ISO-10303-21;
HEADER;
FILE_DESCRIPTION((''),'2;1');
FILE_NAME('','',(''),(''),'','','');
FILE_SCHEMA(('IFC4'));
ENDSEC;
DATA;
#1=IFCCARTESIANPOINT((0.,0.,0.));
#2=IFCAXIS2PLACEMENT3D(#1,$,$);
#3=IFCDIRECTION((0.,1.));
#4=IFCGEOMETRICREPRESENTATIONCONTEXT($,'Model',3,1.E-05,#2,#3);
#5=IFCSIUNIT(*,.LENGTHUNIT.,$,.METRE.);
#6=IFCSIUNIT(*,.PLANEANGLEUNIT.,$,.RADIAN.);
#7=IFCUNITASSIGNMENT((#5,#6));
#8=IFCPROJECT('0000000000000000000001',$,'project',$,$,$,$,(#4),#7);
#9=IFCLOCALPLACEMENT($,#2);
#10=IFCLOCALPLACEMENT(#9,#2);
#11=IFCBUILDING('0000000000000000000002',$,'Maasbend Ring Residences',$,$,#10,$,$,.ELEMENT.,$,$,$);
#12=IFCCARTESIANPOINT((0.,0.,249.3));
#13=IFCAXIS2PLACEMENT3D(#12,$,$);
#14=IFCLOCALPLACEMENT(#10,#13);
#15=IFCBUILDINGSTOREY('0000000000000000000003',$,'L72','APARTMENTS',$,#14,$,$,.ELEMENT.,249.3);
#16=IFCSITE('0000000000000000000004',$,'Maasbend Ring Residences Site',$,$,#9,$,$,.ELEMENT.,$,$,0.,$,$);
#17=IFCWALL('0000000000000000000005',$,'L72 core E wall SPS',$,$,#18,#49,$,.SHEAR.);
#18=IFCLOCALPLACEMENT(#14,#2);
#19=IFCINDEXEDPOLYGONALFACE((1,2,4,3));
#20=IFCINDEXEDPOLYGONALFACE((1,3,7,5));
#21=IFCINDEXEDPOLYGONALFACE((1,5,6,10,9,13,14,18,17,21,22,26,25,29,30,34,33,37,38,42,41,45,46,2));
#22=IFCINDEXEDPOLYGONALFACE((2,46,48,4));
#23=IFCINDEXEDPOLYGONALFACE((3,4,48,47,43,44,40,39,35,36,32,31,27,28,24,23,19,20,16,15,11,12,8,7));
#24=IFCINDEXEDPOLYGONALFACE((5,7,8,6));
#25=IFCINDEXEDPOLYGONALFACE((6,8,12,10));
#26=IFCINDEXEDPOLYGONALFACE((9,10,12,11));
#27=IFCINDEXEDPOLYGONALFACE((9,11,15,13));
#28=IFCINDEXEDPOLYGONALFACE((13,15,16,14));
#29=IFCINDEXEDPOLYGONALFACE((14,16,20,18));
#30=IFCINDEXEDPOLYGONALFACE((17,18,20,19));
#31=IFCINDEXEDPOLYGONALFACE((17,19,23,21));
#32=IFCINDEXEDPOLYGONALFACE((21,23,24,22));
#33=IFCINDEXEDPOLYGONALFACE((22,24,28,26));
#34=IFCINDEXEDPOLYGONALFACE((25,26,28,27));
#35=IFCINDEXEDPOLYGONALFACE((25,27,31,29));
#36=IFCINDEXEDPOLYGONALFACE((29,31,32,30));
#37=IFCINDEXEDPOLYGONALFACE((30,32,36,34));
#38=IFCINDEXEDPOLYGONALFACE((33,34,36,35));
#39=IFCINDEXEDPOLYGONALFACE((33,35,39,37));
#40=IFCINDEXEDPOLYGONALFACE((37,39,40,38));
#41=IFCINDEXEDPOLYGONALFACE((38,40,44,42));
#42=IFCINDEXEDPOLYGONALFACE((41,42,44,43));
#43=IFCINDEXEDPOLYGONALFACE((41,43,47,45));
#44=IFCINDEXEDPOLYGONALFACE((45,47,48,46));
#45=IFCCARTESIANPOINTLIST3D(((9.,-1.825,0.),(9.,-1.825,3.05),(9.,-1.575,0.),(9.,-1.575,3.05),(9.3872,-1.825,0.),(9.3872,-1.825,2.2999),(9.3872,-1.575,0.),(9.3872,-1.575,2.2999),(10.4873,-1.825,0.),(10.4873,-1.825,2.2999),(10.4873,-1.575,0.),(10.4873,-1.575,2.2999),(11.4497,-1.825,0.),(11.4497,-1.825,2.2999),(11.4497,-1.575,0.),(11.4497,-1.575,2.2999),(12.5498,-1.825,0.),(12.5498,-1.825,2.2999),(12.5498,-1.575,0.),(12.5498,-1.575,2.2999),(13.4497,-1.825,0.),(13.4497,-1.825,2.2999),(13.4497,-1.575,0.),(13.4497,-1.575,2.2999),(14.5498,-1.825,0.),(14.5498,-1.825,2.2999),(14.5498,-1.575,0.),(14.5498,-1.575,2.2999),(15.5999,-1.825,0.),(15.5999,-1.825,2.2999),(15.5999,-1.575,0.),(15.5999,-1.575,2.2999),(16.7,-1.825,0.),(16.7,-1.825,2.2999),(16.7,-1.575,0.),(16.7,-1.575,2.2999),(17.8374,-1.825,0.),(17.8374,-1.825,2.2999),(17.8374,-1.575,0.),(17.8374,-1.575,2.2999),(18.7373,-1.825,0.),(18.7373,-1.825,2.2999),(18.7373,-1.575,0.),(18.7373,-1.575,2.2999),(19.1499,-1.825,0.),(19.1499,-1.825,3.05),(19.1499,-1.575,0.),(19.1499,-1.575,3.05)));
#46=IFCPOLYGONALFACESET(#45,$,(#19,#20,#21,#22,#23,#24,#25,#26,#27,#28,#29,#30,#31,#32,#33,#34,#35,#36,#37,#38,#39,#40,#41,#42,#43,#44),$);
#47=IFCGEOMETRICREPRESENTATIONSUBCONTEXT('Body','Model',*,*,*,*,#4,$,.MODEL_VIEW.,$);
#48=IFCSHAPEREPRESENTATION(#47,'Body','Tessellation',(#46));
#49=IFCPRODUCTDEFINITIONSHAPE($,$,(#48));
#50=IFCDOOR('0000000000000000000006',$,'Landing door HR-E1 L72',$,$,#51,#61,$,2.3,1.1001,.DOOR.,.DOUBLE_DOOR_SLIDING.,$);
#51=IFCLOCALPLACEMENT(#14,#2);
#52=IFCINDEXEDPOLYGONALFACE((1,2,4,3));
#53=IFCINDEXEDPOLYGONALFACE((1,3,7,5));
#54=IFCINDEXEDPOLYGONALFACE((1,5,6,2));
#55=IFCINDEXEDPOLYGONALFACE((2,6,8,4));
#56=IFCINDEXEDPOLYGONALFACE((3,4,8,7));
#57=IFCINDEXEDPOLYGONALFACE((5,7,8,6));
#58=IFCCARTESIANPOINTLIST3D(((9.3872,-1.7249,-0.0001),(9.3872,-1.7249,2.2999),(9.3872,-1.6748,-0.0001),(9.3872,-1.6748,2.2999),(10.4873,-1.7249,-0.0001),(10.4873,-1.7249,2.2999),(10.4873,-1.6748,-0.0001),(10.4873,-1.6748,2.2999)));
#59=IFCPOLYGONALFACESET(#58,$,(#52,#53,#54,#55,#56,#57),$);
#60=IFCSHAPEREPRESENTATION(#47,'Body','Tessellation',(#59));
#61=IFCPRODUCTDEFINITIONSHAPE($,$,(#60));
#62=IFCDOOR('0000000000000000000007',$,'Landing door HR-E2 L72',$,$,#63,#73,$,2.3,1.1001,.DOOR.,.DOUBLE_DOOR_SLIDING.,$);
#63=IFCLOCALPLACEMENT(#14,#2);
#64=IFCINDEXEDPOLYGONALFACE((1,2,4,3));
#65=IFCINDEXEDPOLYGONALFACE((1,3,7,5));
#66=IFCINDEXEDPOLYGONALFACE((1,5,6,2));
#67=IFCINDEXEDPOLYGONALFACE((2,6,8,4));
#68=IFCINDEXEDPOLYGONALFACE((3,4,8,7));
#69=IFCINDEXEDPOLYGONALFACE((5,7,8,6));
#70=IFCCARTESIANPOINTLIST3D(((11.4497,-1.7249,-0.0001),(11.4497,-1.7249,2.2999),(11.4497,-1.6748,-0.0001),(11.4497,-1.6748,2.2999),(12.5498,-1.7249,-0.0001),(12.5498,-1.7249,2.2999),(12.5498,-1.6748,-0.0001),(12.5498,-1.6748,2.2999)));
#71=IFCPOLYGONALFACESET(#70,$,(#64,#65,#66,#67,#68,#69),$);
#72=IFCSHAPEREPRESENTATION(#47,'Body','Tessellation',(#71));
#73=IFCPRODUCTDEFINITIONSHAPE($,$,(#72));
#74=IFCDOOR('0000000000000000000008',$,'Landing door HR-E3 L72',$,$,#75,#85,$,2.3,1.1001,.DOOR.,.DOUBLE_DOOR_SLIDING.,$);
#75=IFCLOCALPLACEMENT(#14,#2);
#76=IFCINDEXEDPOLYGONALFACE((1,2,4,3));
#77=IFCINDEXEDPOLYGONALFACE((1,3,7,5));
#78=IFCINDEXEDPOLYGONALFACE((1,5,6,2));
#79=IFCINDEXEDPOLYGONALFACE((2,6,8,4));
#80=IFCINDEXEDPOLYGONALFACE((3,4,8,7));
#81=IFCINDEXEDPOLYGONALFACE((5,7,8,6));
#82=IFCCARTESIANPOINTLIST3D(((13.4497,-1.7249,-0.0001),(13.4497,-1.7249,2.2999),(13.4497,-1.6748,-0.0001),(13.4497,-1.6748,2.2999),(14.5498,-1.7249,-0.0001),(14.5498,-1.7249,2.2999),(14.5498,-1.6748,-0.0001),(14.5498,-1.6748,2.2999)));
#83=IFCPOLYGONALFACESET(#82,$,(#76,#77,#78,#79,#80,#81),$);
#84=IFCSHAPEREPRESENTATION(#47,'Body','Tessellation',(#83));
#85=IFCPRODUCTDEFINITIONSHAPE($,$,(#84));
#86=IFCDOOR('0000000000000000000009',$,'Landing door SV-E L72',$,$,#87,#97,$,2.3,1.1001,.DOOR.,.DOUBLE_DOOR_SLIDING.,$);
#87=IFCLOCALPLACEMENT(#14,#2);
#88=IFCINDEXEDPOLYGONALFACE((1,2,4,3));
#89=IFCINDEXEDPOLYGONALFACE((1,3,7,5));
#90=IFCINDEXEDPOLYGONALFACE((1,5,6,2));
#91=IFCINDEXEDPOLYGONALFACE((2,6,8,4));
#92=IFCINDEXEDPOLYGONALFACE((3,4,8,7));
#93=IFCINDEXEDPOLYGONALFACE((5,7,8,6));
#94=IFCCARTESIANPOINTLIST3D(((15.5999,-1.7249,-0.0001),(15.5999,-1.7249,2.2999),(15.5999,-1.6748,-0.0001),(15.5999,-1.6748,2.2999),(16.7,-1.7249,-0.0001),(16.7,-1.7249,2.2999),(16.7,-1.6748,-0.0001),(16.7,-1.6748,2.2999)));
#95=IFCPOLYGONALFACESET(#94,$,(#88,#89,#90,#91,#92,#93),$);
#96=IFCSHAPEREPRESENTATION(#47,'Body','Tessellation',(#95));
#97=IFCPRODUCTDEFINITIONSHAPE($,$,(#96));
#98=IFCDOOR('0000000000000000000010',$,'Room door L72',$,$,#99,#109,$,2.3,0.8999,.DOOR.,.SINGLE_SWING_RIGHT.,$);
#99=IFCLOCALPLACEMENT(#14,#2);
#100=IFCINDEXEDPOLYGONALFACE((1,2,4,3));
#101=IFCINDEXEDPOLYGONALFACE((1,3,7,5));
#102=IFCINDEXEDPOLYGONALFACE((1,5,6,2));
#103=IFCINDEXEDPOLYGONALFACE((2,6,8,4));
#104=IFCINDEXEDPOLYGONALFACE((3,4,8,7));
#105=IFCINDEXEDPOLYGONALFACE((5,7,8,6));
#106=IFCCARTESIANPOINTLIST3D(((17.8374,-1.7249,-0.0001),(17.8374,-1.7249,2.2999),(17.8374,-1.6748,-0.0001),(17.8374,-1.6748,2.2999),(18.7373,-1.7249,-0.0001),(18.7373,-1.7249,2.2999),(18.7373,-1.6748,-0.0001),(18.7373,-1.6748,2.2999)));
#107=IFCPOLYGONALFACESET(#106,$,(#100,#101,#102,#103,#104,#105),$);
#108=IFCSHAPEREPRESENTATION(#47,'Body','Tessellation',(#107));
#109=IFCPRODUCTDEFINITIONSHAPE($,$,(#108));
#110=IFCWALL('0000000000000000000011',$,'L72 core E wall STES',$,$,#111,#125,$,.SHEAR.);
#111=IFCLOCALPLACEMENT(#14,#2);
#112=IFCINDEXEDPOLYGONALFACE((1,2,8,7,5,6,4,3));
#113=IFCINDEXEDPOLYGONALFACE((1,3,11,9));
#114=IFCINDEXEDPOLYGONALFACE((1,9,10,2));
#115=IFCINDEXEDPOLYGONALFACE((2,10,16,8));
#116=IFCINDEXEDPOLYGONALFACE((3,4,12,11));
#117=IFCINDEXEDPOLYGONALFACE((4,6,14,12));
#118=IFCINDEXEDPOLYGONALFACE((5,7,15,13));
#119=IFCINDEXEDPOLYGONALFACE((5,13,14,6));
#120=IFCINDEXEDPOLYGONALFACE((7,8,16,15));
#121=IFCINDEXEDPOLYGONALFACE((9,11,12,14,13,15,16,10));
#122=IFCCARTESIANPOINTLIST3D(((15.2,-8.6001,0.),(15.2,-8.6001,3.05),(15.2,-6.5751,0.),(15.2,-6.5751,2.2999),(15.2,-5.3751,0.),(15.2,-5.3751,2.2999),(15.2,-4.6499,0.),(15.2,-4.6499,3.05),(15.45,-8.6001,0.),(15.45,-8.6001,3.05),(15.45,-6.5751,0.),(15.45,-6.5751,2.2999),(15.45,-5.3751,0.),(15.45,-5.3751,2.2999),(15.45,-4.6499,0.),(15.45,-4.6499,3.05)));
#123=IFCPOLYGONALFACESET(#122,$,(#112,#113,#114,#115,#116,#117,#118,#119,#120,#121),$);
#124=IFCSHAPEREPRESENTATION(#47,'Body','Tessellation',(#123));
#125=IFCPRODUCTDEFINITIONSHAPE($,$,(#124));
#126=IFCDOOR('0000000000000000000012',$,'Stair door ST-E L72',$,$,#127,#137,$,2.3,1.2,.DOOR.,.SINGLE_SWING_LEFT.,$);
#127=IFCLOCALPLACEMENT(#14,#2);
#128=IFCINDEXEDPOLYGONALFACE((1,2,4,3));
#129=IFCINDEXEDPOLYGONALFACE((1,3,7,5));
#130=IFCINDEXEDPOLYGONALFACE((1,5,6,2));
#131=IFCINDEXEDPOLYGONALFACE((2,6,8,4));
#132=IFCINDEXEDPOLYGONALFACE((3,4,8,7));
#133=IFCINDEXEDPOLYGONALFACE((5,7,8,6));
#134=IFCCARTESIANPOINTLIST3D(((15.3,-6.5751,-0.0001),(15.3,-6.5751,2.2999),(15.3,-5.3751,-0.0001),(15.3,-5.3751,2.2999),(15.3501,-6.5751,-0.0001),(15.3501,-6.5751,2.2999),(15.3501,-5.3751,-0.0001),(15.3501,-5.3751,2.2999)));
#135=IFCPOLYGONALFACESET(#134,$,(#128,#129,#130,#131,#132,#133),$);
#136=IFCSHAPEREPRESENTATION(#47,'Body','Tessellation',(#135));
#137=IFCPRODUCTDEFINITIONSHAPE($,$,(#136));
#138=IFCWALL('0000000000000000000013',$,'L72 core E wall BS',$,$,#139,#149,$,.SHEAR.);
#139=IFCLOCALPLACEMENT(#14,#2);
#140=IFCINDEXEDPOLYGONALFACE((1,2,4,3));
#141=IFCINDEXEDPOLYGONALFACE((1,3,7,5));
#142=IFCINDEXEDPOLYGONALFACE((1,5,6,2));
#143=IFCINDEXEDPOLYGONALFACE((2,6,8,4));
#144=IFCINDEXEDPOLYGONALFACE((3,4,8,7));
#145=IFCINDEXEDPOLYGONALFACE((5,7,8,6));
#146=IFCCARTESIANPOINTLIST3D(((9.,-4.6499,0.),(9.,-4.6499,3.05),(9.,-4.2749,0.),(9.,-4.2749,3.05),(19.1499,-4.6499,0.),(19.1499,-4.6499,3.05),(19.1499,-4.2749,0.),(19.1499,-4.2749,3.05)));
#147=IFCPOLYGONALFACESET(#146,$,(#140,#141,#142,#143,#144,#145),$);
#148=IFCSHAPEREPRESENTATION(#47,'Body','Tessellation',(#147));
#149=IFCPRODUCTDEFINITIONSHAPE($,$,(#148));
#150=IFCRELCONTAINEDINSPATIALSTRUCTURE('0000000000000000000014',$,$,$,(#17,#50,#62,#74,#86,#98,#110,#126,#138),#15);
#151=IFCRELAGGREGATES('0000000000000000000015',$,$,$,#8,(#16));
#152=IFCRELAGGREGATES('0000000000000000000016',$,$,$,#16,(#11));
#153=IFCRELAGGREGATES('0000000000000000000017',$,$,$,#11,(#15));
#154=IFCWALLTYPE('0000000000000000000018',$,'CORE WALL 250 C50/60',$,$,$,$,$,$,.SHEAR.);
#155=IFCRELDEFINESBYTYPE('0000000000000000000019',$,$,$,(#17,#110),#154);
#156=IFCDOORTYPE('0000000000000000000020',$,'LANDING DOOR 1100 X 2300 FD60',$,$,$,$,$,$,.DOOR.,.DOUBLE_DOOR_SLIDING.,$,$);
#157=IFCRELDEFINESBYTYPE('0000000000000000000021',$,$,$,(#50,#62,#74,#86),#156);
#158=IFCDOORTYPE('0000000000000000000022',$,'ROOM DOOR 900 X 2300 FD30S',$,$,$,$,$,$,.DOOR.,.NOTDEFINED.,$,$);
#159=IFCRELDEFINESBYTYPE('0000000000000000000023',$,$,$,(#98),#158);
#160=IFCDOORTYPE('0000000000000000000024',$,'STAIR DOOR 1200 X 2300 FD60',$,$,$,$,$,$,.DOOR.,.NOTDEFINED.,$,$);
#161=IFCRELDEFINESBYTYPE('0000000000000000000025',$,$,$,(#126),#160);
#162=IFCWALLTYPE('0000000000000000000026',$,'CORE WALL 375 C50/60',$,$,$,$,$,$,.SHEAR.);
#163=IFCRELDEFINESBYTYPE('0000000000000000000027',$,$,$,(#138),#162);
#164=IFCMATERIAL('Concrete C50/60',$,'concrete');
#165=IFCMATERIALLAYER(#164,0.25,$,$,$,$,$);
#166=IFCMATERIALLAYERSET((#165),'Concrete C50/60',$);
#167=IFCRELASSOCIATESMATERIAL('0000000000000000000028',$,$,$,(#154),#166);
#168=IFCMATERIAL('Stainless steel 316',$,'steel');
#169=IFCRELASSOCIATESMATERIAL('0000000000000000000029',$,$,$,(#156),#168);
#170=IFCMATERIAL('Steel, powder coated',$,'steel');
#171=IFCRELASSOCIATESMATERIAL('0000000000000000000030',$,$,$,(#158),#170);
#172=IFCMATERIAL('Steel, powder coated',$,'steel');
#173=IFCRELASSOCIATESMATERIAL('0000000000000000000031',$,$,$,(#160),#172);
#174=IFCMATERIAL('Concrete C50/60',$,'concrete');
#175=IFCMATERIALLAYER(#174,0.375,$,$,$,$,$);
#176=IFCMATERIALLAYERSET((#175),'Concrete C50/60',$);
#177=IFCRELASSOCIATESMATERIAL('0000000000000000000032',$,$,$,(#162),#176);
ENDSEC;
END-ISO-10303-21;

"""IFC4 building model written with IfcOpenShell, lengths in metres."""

from ifc_helpers import new_model, si_unit, direction, frame, frame_2d, origin, place, context, subcontext, project, spatial, rectangle, extrude, material, layer, layer_set, type_object, element, fill, save


model = new_model("IFC4")

# Units and contexts
model_context = context("Model", 3, precision=1e-05, world=origin(), true_north=direction((0.0, 1.0)))
body_context = subcontext(model_context, "Body", "Model", "MODEL_VIEW")
ifc_project = project(units=[si_unit("LENGTHUNIT", "METRE"), si_unit("PLANEANGLEUNIT", "RADIAN")], contexts=[model_context])

# Site, building, storey
site_placement = place(None, origin())
site = spatial("IfcSite", under=ifc_project, at=site_placement, Name="Maasbend Ring Residences Site", CompositionType="ELEMENT", RefElevation=0.0)
building_placement = place(site_placement, origin())
building = spatial("IfcBuilding", under=site, at=building_placement, Name="Maasbend Ring Residences", CompositionType="ELEMENT")
storey_placement = place(building_placement, frame((0.0, 0.0, 249.3)))
storey = spatial("IfcBuildingStorey", under=building, at=storey_placement, Name="L72", Description="APARTMENTS", CompositionType="ELEMENT", Elevation=249.3)

# Wall, openings, doors
ifc_material_1 = material(Name="Concrete C50/60", Category="concrete")
ifc_layer_1 = layer(ifc_material_1, 0.25)
ifc_layer_set_1 = layer_set([ifc_layer_1], Name="Concrete C50/60")
wall_type_1 = type_object("IfcWallType", Name="CORE WALL 250 C50/60", PredefinedType="SHEAR", material=ifc_layer_set_1)
wall_1_placement = place(storey_placement, frame((19.1499, -1.7, 0.0), z_axis=(0.0, 0.0, 1.0), x_axis=(-1.0, 0.0, 0.0)))
wall_1 = element("IfcWall", 1, at=wall_1_placement, inside=storey, type_object=wall_type_1, Name="L72 core E wall SPS", PredefinedType="SHEAR", context=body_context, shape_type="SweptSolid", body=[
    extrude(rectangle(XDim=10.1499, YDim=0.25, at=frame_2d((5.075, 0.0))), origin(), (0.0, 0.0, 1.0), 3.05),
])
opening_1_placement = place(wall_1_placement, frame((8.6626, 0.0, 0.0)))
opening_1 = element("IfcOpeningElement", 2, at=opening_1_placement, cuts=wall_1, PredefinedType="OPENING", context=body_context, shape_type="SweptSolid", body=[
    extrude(rectangle(XDim=1.1001, YDim=2.3, at=frame_2d((0.55, 1.1499))), frame((0.0, 0.135, 0.0), z_axis=(0.0, -1.0, 0.0), x_axis=(1.0, 0.0, 0.0)), (0.0, 0.0, 1.0), 0.27),
])
opening_2_placement = place(wall_1_placement, frame((6.6001, 0.0, 0.0)))
opening_2 = element("IfcOpeningElement", 3, at=opening_2_placement, cuts=wall_1, PredefinedType="OPENING", context=body_context, shape_type="SweptSolid", body=[
    extrude(rectangle(XDim=1.1001, YDim=2.3, at=frame_2d((0.55, 1.1499))), frame((0.0, 0.135, 0.0), z_axis=(0.0, -1.0, 0.0), x_axis=(1.0, 0.0, 0.0)), (0.0, 0.0, 1.0), 0.27),
])
opening_3_placement = place(wall_1_placement, frame((4.6001, 0.0, 0.0)))
opening_3 = element("IfcOpeningElement", 4, at=opening_3_placement, cuts=wall_1, PredefinedType="OPENING", context=body_context, shape_type="SweptSolid", body=[
    extrude(rectangle(XDim=1.1001, YDim=2.3, at=frame_2d((0.55, 1.1499))), frame((0.0, 0.135, 0.0), z_axis=(0.0, -1.0, 0.0), x_axis=(1.0, 0.0, 0.0)), (0.0, 0.0, 1.0), 0.27),
])
opening_4_placement = place(wall_1_placement, frame((2.45, 0.0, 0.0)))
opening_4 = element("IfcOpeningElement", 5, at=opening_4_placement, cuts=wall_1, PredefinedType="OPENING", context=body_context, shape_type="SweptSolid", body=[
    extrude(rectangle(XDim=1.1001, YDim=2.3, at=frame_2d((0.55, 1.1499))), frame((0.0, 0.135, 0.0), z_axis=(0.0, -1.0, 0.0), x_axis=(1.0, 0.0, 0.0)), (0.0, 0.0, 1.0), 0.27),
])
opening_5_placement = place(wall_1_placement, frame((0.4126, 0.0, 0.0)))
opening_5 = element("IfcOpeningElement", 6, at=opening_5_placement, cuts=wall_1, PredefinedType="OPENING", context=body_context, shape_type="SweptSolid", body=[
    extrude(rectangle(XDim=0.8999, YDim=2.3, at=frame_2d((0.45, 1.1499))), frame((0.0, 0.135, 0.0), z_axis=(0.0, -1.0, 0.0), x_axis=(1.0, 0.0, 0.0)), (0.0, 0.0, 1.0), 0.27),
])
ifc_material_2 = material(Name="Stainless steel 316", Category="steel")
door_type_1 = type_object("IfcDoorType", Name="LANDING DOOR 1100 X 2300 FD60", OperationType="DOUBLE_DOOR_SLIDING", PredefinedType="DOOR", material=ifc_material_2)
door_1_placement = place(opening_1_placement, origin())
door_1 = element("IfcDoor", 7, at=door_1_placement, inside=storey, type_object=door_type_1, Name="Landing door HR-E1 L72", OperationType="DOUBLE_DOOR_SLIDING", OverallHeight=2.3, OverallWidth=1.1001, PredefinedType="DOOR", context=body_context, shape_type="SweptSolid", body=[
    extrude(rectangle(XDim=1.1001, YDim=2.3, at=frame_2d((0.55, 1.1499))), frame((0.0, 0.0249, 0.0), z_axis=(0.0, -1.0, 0.0), x_axis=(1.0, 0.0, 0.0)), (0.0, 0.0, 1.0), 0.05),
])
fill(opening_1, door_1)
door_2_placement = place(opening_2_placement, origin())
door_2 = element("IfcDoor", 8, at=door_2_placement, inside=storey, type_object=door_type_1, Name="Landing door HR-E2 L72", OperationType="DOUBLE_DOOR_SLIDING", OverallHeight=2.3, OverallWidth=1.1001, PredefinedType="DOOR", context=body_context, shape_type="SweptSolid", body=[
    extrude(rectangle(XDim=1.1001, YDim=2.3, at=frame_2d((0.55, 1.1499))), frame((0.0, 0.0249, 0.0), z_axis=(0.0, -1.0, 0.0), x_axis=(1.0, 0.0, 0.0)), (0.0, 0.0, 1.0), 0.05),
])
fill(opening_2, door_2)
door_3_placement = place(opening_3_placement, origin())
door_3 = element("IfcDoor", 9, at=door_3_placement, inside=storey, type_object=door_type_1, Name="Landing door HR-E3 L72", OperationType="DOUBLE_DOOR_SLIDING", OverallHeight=2.3, OverallWidth=1.1001, PredefinedType="DOOR", context=body_context, shape_type="SweptSolid", body=[
    extrude(rectangle(XDim=1.1001, YDim=2.3, at=frame_2d((0.55, 1.1499))), frame((0.0, 0.0249, 0.0), z_axis=(0.0, -1.0, 0.0), x_axis=(1.0, 0.0, 0.0)), (0.0, 0.0, 1.0), 0.05),
])
fill(opening_3, door_3)
door_4_placement = place(opening_4_placement, origin())
door_4 = element("IfcDoor", 10, at=door_4_placement, inside=storey, type_object=door_type_1, Name="Landing door SV-E L72", OperationType="DOUBLE_DOOR_SLIDING", OverallHeight=2.3, OverallWidth=1.1001, PredefinedType="DOOR", context=body_context, shape_type="SweptSolid", body=[
    extrude(rectangle(XDim=1.1001, YDim=2.3, at=frame_2d((0.55, 1.1499))), frame((0.0, 0.0249, 0.0), z_axis=(0.0, -1.0, 0.0), x_axis=(1.0, 0.0, 0.0)), (0.0, 0.0, 1.0), 0.05),
])
fill(opening_4, door_4)
ifc_material_3 = material(Name="Steel, powder coated", Category="steel")
door_type_2 = type_object("IfcDoorType", Name="ROOM DOOR 900 X 2300 FD30S", OperationType="NOTDEFINED", PredefinedType="DOOR", material=ifc_material_3)
door_5_placement = place(opening_5_placement, origin())
door_5 = element("IfcDoor", 11, at=door_5_placement, inside=storey, type_object=door_type_2, Name="Room door L72", OperationType="SINGLE_SWING_RIGHT", OverallHeight=2.3, OverallWidth=0.8999, PredefinedType="DOOR", context=body_context, shape_type="SweptSolid", body=[
    extrude(rectangle(XDim=0.8999, YDim=2.3, at=frame_2d((0.45, 1.1499))), frame((0.0, 0.0249, 0.0), z_axis=(0.0, -1.0, 0.0), x_axis=(1.0, 0.0, 0.0)), (0.0, 0.0, 1.0), 0.05),
])
fill(opening_5, door_5)

# Wall, opening, door
wall_2_placement = place(storey_placement, frame((15.325, -8.6001, 0.0), z_axis=(0.0, 0.0, 1.0), x_axis=(0.0, 1.0, 0.0)))
wall_2 = element("IfcWall", 12, at=wall_2_placement, inside=storey, type_object=wall_type_1, Name="L72 core E wall STES", PredefinedType="SHEAR", context=body_context, shape_type="SweptSolid", body=[
    extrude(rectangle(XDim=3.9502, YDim=0.25, at=frame_2d((1.9751, 0.0))), origin(), (0.0, 0.0, 1.0), 3.05),
])
opening_6_placement = place(wall_2_placement, frame((2.0249, 0.0, 0.0)))
opening_6 = element("IfcOpeningElement", 13, at=opening_6_placement, cuts=wall_2, PredefinedType="OPENING", context=body_context, shape_type="SweptSolid", body=[
    extrude(rectangle(XDim=1.2, YDim=2.3, at=frame_2d((0.6001, 1.1499))), frame((0.0, 0.135, 0.0), z_axis=(0.0, -1.0, 0.0), x_axis=(1.0, 0.0, 0.0)), (0.0, 0.0, 1.0), 0.27),
])
ifc_material_4 = material(Name="Steel, powder coated", Category="steel")
door_type_3 = type_object("IfcDoorType", Name="STAIR DOOR 1200 X 2300 FD60", OperationType="NOTDEFINED", PredefinedType="DOOR", material=ifc_material_4)
door_6_placement = place(opening_6_placement, origin())
door_6 = element("IfcDoor", 14, at=door_6_placement, inside=storey, type_object=door_type_3, Name="Stair door ST-E L72", OperationType="SINGLE_SWING_LEFT", OverallHeight=2.3, OverallWidth=1.2, PredefinedType="DOOR", context=body_context, shape_type="SweptSolid", body=[
    extrude(rectangle(XDim=1.2, YDim=2.3, at=frame_2d((0.6001, 1.1499))), frame((0.0, 0.0249, 0.0), z_axis=(0.0, -1.0, 0.0), x_axis=(1.0, 0.0, 0.0)), (0.0, 0.0, 1.0), 0.05),
])
fill(opening_6, door_6)

# Wall
ifc_material_5 = material(Name="Concrete C50/60", Category="concrete")
ifc_layer_2 = layer(ifc_material_5, 0.375)
ifc_layer_set_2 = layer_set([ifc_layer_2], Name="Concrete C50/60")
wall_type_2 = type_object("IfcWallType", Name="CORE WALL 375 C50/60", PredefinedType="SHEAR", material=ifc_layer_set_2)
wall_3_placement = place(storey_placement, frame((9.0, -4.4624, 0.0), z_axis=(0.0, 0.0, 1.0), x_axis=(1.0, 0.0, 0.0)))
element("IfcWall", 15, at=wall_3_placement, inside=storey, type_object=wall_type_2, Name="L72 core E wall BS", PredefinedType="SHEAR", context=body_context, shape_type="SweptSolid", body=[
    extrude(rectangle(XDim=10.1499, YDim=0.375, at=frame_2d((5.075, 0.0))), origin(), (0.0, 0.0, 1.0), 3.05),
])

save(model, "model.ifc")
